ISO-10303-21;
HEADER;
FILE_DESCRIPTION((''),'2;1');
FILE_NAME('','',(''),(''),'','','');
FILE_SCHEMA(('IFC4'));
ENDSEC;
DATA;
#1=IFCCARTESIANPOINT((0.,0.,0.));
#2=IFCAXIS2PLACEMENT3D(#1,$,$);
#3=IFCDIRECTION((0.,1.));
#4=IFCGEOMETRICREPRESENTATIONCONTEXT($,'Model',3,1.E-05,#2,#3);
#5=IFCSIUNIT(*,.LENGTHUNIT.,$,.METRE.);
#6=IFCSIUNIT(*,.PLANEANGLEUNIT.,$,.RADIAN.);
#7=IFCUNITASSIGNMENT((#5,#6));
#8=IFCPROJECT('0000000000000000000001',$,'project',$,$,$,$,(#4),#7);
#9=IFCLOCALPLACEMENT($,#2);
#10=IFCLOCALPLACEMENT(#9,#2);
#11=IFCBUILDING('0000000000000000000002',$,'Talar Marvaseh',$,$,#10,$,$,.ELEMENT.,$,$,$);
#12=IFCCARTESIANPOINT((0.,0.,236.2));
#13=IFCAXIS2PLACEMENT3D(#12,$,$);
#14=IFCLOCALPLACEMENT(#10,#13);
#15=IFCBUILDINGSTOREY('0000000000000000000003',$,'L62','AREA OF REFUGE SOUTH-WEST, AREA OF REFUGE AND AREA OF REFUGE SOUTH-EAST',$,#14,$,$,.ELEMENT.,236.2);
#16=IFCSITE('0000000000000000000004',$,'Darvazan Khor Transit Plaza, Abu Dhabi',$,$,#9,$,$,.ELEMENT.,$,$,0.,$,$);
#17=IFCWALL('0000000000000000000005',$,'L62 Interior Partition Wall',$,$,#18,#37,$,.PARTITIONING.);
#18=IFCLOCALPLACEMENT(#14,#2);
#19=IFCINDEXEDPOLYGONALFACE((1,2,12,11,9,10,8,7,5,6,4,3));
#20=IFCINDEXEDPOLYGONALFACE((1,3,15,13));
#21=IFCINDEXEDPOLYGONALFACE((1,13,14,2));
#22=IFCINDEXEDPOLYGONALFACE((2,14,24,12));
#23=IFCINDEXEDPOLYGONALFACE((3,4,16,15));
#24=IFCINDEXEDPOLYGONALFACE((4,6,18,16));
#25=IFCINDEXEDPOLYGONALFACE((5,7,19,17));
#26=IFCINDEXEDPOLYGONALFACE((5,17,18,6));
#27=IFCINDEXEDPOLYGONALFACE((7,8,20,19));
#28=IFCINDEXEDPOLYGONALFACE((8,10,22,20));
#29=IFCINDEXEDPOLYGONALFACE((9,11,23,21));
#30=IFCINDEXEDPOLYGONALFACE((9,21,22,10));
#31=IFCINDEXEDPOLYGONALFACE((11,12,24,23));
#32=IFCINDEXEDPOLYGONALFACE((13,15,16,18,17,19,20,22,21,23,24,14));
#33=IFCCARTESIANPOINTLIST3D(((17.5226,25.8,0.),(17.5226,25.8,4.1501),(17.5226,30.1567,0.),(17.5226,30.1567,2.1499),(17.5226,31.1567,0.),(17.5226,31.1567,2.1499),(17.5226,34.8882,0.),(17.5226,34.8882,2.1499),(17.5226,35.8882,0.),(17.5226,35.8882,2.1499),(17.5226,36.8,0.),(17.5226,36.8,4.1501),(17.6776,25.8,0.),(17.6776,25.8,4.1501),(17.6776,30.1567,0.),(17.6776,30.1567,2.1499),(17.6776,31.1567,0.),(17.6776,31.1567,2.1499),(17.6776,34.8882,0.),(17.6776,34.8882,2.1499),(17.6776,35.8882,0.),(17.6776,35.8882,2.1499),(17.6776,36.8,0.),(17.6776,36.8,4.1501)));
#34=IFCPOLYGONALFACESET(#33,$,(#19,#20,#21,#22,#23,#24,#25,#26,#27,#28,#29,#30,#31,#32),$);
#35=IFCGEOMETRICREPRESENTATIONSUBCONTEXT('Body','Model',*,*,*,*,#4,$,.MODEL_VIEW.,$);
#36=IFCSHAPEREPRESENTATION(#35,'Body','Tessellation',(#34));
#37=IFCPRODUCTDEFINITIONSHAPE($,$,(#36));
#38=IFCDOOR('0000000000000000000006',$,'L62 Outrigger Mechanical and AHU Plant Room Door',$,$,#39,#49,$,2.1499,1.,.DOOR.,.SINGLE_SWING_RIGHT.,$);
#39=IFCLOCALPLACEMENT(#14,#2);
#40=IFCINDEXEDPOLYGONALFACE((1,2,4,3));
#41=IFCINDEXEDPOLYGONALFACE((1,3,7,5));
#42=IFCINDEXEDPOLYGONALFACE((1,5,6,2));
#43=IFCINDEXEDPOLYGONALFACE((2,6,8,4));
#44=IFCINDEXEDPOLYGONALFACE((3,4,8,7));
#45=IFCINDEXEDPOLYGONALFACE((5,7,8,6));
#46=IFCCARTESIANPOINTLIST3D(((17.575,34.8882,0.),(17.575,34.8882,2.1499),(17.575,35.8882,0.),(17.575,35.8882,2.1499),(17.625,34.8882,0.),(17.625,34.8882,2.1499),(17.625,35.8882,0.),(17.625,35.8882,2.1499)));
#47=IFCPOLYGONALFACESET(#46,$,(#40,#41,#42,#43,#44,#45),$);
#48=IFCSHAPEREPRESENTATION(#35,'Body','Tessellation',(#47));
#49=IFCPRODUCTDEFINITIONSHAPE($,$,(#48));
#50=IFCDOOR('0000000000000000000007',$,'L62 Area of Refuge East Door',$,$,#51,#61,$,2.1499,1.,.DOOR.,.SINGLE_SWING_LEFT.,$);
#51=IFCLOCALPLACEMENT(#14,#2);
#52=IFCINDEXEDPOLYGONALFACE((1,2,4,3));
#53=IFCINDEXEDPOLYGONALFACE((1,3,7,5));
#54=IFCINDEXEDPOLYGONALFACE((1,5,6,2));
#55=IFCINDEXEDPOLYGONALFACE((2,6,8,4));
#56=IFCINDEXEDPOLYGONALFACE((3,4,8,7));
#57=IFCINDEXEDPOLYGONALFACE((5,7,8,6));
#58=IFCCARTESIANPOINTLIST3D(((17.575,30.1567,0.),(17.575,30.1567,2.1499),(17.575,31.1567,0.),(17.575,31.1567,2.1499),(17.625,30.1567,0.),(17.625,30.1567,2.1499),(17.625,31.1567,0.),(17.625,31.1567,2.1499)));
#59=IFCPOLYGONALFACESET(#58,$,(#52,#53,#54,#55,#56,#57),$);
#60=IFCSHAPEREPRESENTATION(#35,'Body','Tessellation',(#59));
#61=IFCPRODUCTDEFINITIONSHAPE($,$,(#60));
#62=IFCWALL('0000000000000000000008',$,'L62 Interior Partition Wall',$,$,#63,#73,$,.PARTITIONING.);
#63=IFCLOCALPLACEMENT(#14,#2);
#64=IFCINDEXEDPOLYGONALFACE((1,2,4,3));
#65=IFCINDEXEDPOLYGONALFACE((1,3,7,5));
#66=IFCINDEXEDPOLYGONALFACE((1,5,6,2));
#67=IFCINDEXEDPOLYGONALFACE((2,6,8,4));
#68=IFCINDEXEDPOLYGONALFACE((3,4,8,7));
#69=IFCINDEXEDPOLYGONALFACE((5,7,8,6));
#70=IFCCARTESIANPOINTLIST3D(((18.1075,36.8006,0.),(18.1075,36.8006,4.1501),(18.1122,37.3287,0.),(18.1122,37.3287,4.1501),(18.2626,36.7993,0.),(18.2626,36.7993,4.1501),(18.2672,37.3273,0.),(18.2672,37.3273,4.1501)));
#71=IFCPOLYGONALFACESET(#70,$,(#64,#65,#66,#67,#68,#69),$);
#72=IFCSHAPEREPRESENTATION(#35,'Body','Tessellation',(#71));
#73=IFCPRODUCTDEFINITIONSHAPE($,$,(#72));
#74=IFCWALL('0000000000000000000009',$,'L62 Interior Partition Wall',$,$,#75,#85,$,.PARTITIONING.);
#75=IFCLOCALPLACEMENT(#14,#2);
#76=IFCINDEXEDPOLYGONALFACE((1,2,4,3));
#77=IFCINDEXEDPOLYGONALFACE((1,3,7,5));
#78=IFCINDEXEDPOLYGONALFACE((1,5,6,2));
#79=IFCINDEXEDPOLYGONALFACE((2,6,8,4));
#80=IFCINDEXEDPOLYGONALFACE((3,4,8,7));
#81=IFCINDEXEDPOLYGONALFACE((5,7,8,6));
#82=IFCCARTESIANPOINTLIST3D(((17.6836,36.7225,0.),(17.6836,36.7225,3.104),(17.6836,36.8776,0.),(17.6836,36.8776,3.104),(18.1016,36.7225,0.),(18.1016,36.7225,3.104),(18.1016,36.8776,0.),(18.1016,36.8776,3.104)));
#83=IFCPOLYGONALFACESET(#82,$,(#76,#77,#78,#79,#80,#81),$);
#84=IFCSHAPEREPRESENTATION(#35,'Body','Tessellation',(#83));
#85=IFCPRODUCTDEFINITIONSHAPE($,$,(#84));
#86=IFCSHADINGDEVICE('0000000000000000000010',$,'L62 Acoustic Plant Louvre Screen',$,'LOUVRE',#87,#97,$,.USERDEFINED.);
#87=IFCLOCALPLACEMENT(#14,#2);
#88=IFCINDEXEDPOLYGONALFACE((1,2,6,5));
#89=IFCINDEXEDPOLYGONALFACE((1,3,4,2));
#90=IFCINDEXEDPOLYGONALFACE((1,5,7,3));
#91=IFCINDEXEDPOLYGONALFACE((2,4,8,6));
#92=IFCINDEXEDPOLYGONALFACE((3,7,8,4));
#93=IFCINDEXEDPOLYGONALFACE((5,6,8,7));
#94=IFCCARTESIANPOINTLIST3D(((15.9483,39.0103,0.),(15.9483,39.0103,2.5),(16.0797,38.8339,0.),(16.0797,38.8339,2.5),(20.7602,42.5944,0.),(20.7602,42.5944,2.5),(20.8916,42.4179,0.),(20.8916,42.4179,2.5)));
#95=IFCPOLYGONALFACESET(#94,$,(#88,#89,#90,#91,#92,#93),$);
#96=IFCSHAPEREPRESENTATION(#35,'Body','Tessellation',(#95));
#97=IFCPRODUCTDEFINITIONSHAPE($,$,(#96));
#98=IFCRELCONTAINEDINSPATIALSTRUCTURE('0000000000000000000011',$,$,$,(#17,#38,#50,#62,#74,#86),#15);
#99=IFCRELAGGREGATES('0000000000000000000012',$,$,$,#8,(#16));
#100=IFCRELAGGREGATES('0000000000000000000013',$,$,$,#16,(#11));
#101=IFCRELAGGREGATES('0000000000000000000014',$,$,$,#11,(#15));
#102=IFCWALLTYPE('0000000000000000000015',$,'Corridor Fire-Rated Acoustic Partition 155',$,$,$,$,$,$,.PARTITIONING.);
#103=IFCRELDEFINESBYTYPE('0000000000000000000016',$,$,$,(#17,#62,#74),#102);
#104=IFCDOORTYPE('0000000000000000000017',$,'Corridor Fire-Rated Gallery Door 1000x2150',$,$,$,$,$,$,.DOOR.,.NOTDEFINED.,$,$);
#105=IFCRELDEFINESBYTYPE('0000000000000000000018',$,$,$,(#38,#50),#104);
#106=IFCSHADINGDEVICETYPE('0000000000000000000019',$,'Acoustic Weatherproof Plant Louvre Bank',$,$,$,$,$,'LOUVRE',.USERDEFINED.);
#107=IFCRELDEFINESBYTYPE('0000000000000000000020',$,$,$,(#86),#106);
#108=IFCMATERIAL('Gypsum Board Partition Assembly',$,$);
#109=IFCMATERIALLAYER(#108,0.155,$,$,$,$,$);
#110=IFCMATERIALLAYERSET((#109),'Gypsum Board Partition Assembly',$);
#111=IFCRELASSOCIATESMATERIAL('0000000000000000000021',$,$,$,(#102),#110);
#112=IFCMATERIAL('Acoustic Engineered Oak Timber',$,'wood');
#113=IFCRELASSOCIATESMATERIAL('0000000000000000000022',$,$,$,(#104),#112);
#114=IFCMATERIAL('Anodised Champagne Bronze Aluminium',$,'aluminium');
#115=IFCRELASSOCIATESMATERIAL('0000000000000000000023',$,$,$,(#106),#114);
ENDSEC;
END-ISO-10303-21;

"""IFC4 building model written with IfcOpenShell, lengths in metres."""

from ifc_helpers import new_model, si_unit, direction, frame, frame_2d, origin, origin_2d, place, context, subcontext, project, spatial, rectangle, extrude, source, transform, mapped, material, layer, layer_set, type_object, type_shapes, element, fill, save


model = new_model("IFC4")

# Units and contexts
model_context = context("Model", 3, precision=1e-05, world=origin(), true_north=direction((0.0, 1.0)))
body_context = subcontext(model_context, "Body", "Model", "MODEL_VIEW")
ifc_project = project(units=[si_unit("LENGTHUNIT", "METRE"), si_unit("PLANEANGLEUNIT", "RADIAN")], contexts=[model_context])

# Site, building, storey
site_placement = place(None, origin())
site = spatial("IfcSite", under=ifc_project, at=site_placement, Name="Darvazan Khor Transit Plaza, Abu Dhabi", CompositionType="ELEMENT", RefElevation=0.0)
building_placement = place(site_placement, origin())
building = spatial("IfcBuilding", under=site, at=building_placement, Name="Talar Marvaseh", CompositionType="ELEMENT")
storey_placement = place(building_placement, frame((0.0, 0.0, 236.2)))
storey = spatial("IfcBuildingStorey", under=building, at=storey_placement, Name="L62", Description="AREA OF REFUGE SOUTH-WEST, AREA OF REFUGE AND AREA OF REFUGE SOUTH-EAST", CompositionType="ELEMENT", Elevation=236.2)

# Wall, openings, doors
ifc_material_1 = material(Name="Gypsum Board Partition Assembly")
ifc_layer_1 = layer(ifc_material_1, 0.155)
ifc_layer_set_1 = layer_set([ifc_layer_1], Name="Gypsum Board Partition Assembly")
wall_type = type_object("IfcWallType", Name="Corridor Fire-Rated Acoustic Partition 155", PredefinedType="PARTITIONING", material=ifc_layer_set_1)
ifc_material_2 = material(Name="Acoustic Engineered Oak Timber", Category="wood")
door_type = type_object("IfcDoorType", Name="Corridor Fire-Rated Gallery Door 1000x2150", OperationType="NOTDEFINED", PredefinedType="DOOR", material=ifc_material_2)
shared_shape_1 = source(origin(), body_context, "Body", "SweptSolid", [
    extrude(rectangle(XDim=1.0, YDim=2.1499, at=frame_2d((0.5, 1.075))), frame((0.0, 0.0249, 0.0), z_axis=(0.0, -1.0, 0.0), x_axis=(1.0, 0.0, 0.0)), (0.0, 0.0, 1.0), 0.05),
])
type_shapes(door_type, [shared_shape_1])
wall_1_placement = place(storey_placement, frame((17.6001, 36.8, 0.0), z_axis=(0.0, 0.0, 1.0), x_axis=(0.0, -1.0, 0.0)))
wall_1 = element("IfcWall", 1, at=wall_1_placement, inside=storey, type_object=wall_type, Name="L62 Interior Partition Wall", PredefinedType="PARTITIONING", context=body_context, shape_type="SweptSolid", body=[
    extrude(rectangle(XDim=11.0, YDim=0.155, at=frame_2d((5.5, 0.0))), origin(), (0.0, 0.0, 1.0), 4.1501),
])
opening_1_placement = place(wall_1_placement, frame((0.9119, 0.0, 0.0)))
opening_1 = element("IfcOpeningElement", 2, at=opening_1_placement, cuts=wall_1, PredefinedType="OPENING", context=body_context, shape_type="SweptSolid", body=[
    extrude(rectangle(XDim=1.0, YDim=2.1499, at=frame_2d((0.5, 1.075))), frame((0.0, 0.0874, 0.0), z_axis=(0.0, -1.0, 0.0), x_axis=(1.0, 0.0, 0.0)), (0.0, 0.0, 1.0), 0.175),
])
opening_2_placement = place(wall_1_placement, frame((5.6433, 0.0, 0.0)))
opening_2 = element("IfcOpeningElement", 3, at=opening_2_placement, cuts=wall_1, PredefinedType="OPENING", context=body_context, shape_type="SweptSolid", body=[
    extrude(rectangle(XDim=1.0, YDim=2.1499, at=frame_2d((0.5, 1.075))), frame((0.0, 0.0874, 0.0), z_axis=(0.0, -1.0, 0.0), x_axis=(1.0, 0.0, 0.0)), (0.0, 0.0, 1.0), 0.175),
])
door_1_placement = place(opening_1_placement, origin())
door_1 = element("IfcDoor", 4, at=door_1_placement, inside=storey, type_object=door_type, Name="L62 Outrigger Mechanical and AHU Plant Room Door", OperationType="SINGLE_SWING_RIGHT", OverallHeight=2.1499, OverallWidth=1.0, PredefinedType="DOOR", context=body_context, shape_type="MappedRepresentation", body=[
    mapped(shared_shape_1, transform((0.0, 0.0, 0.0), x_axis=(1.0, 0.0, 0.0), y_axis=(0.0, 1.0, 0.0), z_axis=(0.0, 0.0, 1.0), scale=1.0)),
])
fill(opening_1, door_1)
door_2_placement = place(opening_2_placement, origin())
door_2 = element("IfcDoor", 5, at=door_2_placement, inside=storey, type_object=door_type, Name="L62 Area of Refuge East Door", OperationType="SINGLE_SWING_LEFT", OverallHeight=2.1499, OverallWidth=1.0, PredefinedType="DOOR", context=body_context, shape_type="MappedRepresentation", body=[
    mapped(shared_shape_1, transform((0.0, 0.0, 0.0), x_axis=(1.0, 0.0, 0.0), y_axis=(0.0, 1.0, 0.0), z_axis=(0.0, 0.0, 1.0), scale=1.0)),
])
fill(opening_2, door_2)

# Walls
wall_2_placement = place(storey_placement, frame((18.1897, 37.3281, 0.0), z_axis=(0.0, 0.0, 1.0), x_axis=(-0.008784, -0.999961, 0.0)))
element("IfcWall", 6, at=wall_2_placement, inside=storey, type_object=wall_type, Name="L62 Interior Partition Wall", PredefinedType="PARTITIONING", context=body_context, shape_type="SweptSolid", body=[
    extrude(rectangle(XDim=0.5281, YDim=0.155, at=frame_2d((0.2642, 0.0))), origin(), (0.0, 0.0, 1.0), 4.1501),
])
wall_3_placement = place(storey_placement, frame((18.1016, 36.8, 0.0), z_axis=(0.0, 0.0, 1.0), x_axis=(-1.0, 0.0, 0.0)))
element("IfcWall", 7, at=wall_3_placement, inside=storey, type_object=wall_type, Name="L62 Interior Partition Wall", PredefinedType="PARTITIONING", context=body_context, shape_type="SweptSolid", body=[
    extrude(rectangle(XDim=0.418, YDim=0.155, at=frame_2d((0.209, 0.0))), origin(), (0.0, 0.0, 1.0), 3.104),
])

# Shading device
ifc_material_3 = material(Name="Anodised Champagne Bronze Aluminium", Category="aluminium")
shading_device_type = type_object("IfcShadingDeviceType", Name="Acoustic Weatherproof Plant Louvre Bank", ElementType="LOUVRE", PredefinedType="USERDEFINED", material=ifc_material_3)
shared_shape_2 = source(origin(), body_context, "Body", "SweptSolid", [
    extrude(rectangle(XDim=6.0, YDim=0.22, at=origin_2d()), origin(), (0.0, 0.0, 1.0), 2.5),
])
type_shapes(shading_device_type, [shared_shape_2])
shading_device_placement = place(storey_placement, frame((18.4199, 40.7141, 0.0), z_axis=(0.0, 0.0, 1.0), x_axis=(0.801984, 0.597345, 0.0)))
element("IfcShadingDevice", 8, at=shading_device_placement, inside=storey, type_object=shading_device_type, Name="L62 Acoustic Plant Louvre Screen", ObjectType="LOUVRE", PredefinedType="USERDEFINED", context=body_context, shape_type="MappedRepresentation", body=[
    mapped(shared_shape_2, transform((0.0, 0.0, 0.0), x_axis=(1.0, 0.0, 0.0), y_axis=(0.0, 1.0, 0.0), z_axis=(0.0, 0.0, 1.0), scale=1.0)),
])

save(model, "model.ifc")
